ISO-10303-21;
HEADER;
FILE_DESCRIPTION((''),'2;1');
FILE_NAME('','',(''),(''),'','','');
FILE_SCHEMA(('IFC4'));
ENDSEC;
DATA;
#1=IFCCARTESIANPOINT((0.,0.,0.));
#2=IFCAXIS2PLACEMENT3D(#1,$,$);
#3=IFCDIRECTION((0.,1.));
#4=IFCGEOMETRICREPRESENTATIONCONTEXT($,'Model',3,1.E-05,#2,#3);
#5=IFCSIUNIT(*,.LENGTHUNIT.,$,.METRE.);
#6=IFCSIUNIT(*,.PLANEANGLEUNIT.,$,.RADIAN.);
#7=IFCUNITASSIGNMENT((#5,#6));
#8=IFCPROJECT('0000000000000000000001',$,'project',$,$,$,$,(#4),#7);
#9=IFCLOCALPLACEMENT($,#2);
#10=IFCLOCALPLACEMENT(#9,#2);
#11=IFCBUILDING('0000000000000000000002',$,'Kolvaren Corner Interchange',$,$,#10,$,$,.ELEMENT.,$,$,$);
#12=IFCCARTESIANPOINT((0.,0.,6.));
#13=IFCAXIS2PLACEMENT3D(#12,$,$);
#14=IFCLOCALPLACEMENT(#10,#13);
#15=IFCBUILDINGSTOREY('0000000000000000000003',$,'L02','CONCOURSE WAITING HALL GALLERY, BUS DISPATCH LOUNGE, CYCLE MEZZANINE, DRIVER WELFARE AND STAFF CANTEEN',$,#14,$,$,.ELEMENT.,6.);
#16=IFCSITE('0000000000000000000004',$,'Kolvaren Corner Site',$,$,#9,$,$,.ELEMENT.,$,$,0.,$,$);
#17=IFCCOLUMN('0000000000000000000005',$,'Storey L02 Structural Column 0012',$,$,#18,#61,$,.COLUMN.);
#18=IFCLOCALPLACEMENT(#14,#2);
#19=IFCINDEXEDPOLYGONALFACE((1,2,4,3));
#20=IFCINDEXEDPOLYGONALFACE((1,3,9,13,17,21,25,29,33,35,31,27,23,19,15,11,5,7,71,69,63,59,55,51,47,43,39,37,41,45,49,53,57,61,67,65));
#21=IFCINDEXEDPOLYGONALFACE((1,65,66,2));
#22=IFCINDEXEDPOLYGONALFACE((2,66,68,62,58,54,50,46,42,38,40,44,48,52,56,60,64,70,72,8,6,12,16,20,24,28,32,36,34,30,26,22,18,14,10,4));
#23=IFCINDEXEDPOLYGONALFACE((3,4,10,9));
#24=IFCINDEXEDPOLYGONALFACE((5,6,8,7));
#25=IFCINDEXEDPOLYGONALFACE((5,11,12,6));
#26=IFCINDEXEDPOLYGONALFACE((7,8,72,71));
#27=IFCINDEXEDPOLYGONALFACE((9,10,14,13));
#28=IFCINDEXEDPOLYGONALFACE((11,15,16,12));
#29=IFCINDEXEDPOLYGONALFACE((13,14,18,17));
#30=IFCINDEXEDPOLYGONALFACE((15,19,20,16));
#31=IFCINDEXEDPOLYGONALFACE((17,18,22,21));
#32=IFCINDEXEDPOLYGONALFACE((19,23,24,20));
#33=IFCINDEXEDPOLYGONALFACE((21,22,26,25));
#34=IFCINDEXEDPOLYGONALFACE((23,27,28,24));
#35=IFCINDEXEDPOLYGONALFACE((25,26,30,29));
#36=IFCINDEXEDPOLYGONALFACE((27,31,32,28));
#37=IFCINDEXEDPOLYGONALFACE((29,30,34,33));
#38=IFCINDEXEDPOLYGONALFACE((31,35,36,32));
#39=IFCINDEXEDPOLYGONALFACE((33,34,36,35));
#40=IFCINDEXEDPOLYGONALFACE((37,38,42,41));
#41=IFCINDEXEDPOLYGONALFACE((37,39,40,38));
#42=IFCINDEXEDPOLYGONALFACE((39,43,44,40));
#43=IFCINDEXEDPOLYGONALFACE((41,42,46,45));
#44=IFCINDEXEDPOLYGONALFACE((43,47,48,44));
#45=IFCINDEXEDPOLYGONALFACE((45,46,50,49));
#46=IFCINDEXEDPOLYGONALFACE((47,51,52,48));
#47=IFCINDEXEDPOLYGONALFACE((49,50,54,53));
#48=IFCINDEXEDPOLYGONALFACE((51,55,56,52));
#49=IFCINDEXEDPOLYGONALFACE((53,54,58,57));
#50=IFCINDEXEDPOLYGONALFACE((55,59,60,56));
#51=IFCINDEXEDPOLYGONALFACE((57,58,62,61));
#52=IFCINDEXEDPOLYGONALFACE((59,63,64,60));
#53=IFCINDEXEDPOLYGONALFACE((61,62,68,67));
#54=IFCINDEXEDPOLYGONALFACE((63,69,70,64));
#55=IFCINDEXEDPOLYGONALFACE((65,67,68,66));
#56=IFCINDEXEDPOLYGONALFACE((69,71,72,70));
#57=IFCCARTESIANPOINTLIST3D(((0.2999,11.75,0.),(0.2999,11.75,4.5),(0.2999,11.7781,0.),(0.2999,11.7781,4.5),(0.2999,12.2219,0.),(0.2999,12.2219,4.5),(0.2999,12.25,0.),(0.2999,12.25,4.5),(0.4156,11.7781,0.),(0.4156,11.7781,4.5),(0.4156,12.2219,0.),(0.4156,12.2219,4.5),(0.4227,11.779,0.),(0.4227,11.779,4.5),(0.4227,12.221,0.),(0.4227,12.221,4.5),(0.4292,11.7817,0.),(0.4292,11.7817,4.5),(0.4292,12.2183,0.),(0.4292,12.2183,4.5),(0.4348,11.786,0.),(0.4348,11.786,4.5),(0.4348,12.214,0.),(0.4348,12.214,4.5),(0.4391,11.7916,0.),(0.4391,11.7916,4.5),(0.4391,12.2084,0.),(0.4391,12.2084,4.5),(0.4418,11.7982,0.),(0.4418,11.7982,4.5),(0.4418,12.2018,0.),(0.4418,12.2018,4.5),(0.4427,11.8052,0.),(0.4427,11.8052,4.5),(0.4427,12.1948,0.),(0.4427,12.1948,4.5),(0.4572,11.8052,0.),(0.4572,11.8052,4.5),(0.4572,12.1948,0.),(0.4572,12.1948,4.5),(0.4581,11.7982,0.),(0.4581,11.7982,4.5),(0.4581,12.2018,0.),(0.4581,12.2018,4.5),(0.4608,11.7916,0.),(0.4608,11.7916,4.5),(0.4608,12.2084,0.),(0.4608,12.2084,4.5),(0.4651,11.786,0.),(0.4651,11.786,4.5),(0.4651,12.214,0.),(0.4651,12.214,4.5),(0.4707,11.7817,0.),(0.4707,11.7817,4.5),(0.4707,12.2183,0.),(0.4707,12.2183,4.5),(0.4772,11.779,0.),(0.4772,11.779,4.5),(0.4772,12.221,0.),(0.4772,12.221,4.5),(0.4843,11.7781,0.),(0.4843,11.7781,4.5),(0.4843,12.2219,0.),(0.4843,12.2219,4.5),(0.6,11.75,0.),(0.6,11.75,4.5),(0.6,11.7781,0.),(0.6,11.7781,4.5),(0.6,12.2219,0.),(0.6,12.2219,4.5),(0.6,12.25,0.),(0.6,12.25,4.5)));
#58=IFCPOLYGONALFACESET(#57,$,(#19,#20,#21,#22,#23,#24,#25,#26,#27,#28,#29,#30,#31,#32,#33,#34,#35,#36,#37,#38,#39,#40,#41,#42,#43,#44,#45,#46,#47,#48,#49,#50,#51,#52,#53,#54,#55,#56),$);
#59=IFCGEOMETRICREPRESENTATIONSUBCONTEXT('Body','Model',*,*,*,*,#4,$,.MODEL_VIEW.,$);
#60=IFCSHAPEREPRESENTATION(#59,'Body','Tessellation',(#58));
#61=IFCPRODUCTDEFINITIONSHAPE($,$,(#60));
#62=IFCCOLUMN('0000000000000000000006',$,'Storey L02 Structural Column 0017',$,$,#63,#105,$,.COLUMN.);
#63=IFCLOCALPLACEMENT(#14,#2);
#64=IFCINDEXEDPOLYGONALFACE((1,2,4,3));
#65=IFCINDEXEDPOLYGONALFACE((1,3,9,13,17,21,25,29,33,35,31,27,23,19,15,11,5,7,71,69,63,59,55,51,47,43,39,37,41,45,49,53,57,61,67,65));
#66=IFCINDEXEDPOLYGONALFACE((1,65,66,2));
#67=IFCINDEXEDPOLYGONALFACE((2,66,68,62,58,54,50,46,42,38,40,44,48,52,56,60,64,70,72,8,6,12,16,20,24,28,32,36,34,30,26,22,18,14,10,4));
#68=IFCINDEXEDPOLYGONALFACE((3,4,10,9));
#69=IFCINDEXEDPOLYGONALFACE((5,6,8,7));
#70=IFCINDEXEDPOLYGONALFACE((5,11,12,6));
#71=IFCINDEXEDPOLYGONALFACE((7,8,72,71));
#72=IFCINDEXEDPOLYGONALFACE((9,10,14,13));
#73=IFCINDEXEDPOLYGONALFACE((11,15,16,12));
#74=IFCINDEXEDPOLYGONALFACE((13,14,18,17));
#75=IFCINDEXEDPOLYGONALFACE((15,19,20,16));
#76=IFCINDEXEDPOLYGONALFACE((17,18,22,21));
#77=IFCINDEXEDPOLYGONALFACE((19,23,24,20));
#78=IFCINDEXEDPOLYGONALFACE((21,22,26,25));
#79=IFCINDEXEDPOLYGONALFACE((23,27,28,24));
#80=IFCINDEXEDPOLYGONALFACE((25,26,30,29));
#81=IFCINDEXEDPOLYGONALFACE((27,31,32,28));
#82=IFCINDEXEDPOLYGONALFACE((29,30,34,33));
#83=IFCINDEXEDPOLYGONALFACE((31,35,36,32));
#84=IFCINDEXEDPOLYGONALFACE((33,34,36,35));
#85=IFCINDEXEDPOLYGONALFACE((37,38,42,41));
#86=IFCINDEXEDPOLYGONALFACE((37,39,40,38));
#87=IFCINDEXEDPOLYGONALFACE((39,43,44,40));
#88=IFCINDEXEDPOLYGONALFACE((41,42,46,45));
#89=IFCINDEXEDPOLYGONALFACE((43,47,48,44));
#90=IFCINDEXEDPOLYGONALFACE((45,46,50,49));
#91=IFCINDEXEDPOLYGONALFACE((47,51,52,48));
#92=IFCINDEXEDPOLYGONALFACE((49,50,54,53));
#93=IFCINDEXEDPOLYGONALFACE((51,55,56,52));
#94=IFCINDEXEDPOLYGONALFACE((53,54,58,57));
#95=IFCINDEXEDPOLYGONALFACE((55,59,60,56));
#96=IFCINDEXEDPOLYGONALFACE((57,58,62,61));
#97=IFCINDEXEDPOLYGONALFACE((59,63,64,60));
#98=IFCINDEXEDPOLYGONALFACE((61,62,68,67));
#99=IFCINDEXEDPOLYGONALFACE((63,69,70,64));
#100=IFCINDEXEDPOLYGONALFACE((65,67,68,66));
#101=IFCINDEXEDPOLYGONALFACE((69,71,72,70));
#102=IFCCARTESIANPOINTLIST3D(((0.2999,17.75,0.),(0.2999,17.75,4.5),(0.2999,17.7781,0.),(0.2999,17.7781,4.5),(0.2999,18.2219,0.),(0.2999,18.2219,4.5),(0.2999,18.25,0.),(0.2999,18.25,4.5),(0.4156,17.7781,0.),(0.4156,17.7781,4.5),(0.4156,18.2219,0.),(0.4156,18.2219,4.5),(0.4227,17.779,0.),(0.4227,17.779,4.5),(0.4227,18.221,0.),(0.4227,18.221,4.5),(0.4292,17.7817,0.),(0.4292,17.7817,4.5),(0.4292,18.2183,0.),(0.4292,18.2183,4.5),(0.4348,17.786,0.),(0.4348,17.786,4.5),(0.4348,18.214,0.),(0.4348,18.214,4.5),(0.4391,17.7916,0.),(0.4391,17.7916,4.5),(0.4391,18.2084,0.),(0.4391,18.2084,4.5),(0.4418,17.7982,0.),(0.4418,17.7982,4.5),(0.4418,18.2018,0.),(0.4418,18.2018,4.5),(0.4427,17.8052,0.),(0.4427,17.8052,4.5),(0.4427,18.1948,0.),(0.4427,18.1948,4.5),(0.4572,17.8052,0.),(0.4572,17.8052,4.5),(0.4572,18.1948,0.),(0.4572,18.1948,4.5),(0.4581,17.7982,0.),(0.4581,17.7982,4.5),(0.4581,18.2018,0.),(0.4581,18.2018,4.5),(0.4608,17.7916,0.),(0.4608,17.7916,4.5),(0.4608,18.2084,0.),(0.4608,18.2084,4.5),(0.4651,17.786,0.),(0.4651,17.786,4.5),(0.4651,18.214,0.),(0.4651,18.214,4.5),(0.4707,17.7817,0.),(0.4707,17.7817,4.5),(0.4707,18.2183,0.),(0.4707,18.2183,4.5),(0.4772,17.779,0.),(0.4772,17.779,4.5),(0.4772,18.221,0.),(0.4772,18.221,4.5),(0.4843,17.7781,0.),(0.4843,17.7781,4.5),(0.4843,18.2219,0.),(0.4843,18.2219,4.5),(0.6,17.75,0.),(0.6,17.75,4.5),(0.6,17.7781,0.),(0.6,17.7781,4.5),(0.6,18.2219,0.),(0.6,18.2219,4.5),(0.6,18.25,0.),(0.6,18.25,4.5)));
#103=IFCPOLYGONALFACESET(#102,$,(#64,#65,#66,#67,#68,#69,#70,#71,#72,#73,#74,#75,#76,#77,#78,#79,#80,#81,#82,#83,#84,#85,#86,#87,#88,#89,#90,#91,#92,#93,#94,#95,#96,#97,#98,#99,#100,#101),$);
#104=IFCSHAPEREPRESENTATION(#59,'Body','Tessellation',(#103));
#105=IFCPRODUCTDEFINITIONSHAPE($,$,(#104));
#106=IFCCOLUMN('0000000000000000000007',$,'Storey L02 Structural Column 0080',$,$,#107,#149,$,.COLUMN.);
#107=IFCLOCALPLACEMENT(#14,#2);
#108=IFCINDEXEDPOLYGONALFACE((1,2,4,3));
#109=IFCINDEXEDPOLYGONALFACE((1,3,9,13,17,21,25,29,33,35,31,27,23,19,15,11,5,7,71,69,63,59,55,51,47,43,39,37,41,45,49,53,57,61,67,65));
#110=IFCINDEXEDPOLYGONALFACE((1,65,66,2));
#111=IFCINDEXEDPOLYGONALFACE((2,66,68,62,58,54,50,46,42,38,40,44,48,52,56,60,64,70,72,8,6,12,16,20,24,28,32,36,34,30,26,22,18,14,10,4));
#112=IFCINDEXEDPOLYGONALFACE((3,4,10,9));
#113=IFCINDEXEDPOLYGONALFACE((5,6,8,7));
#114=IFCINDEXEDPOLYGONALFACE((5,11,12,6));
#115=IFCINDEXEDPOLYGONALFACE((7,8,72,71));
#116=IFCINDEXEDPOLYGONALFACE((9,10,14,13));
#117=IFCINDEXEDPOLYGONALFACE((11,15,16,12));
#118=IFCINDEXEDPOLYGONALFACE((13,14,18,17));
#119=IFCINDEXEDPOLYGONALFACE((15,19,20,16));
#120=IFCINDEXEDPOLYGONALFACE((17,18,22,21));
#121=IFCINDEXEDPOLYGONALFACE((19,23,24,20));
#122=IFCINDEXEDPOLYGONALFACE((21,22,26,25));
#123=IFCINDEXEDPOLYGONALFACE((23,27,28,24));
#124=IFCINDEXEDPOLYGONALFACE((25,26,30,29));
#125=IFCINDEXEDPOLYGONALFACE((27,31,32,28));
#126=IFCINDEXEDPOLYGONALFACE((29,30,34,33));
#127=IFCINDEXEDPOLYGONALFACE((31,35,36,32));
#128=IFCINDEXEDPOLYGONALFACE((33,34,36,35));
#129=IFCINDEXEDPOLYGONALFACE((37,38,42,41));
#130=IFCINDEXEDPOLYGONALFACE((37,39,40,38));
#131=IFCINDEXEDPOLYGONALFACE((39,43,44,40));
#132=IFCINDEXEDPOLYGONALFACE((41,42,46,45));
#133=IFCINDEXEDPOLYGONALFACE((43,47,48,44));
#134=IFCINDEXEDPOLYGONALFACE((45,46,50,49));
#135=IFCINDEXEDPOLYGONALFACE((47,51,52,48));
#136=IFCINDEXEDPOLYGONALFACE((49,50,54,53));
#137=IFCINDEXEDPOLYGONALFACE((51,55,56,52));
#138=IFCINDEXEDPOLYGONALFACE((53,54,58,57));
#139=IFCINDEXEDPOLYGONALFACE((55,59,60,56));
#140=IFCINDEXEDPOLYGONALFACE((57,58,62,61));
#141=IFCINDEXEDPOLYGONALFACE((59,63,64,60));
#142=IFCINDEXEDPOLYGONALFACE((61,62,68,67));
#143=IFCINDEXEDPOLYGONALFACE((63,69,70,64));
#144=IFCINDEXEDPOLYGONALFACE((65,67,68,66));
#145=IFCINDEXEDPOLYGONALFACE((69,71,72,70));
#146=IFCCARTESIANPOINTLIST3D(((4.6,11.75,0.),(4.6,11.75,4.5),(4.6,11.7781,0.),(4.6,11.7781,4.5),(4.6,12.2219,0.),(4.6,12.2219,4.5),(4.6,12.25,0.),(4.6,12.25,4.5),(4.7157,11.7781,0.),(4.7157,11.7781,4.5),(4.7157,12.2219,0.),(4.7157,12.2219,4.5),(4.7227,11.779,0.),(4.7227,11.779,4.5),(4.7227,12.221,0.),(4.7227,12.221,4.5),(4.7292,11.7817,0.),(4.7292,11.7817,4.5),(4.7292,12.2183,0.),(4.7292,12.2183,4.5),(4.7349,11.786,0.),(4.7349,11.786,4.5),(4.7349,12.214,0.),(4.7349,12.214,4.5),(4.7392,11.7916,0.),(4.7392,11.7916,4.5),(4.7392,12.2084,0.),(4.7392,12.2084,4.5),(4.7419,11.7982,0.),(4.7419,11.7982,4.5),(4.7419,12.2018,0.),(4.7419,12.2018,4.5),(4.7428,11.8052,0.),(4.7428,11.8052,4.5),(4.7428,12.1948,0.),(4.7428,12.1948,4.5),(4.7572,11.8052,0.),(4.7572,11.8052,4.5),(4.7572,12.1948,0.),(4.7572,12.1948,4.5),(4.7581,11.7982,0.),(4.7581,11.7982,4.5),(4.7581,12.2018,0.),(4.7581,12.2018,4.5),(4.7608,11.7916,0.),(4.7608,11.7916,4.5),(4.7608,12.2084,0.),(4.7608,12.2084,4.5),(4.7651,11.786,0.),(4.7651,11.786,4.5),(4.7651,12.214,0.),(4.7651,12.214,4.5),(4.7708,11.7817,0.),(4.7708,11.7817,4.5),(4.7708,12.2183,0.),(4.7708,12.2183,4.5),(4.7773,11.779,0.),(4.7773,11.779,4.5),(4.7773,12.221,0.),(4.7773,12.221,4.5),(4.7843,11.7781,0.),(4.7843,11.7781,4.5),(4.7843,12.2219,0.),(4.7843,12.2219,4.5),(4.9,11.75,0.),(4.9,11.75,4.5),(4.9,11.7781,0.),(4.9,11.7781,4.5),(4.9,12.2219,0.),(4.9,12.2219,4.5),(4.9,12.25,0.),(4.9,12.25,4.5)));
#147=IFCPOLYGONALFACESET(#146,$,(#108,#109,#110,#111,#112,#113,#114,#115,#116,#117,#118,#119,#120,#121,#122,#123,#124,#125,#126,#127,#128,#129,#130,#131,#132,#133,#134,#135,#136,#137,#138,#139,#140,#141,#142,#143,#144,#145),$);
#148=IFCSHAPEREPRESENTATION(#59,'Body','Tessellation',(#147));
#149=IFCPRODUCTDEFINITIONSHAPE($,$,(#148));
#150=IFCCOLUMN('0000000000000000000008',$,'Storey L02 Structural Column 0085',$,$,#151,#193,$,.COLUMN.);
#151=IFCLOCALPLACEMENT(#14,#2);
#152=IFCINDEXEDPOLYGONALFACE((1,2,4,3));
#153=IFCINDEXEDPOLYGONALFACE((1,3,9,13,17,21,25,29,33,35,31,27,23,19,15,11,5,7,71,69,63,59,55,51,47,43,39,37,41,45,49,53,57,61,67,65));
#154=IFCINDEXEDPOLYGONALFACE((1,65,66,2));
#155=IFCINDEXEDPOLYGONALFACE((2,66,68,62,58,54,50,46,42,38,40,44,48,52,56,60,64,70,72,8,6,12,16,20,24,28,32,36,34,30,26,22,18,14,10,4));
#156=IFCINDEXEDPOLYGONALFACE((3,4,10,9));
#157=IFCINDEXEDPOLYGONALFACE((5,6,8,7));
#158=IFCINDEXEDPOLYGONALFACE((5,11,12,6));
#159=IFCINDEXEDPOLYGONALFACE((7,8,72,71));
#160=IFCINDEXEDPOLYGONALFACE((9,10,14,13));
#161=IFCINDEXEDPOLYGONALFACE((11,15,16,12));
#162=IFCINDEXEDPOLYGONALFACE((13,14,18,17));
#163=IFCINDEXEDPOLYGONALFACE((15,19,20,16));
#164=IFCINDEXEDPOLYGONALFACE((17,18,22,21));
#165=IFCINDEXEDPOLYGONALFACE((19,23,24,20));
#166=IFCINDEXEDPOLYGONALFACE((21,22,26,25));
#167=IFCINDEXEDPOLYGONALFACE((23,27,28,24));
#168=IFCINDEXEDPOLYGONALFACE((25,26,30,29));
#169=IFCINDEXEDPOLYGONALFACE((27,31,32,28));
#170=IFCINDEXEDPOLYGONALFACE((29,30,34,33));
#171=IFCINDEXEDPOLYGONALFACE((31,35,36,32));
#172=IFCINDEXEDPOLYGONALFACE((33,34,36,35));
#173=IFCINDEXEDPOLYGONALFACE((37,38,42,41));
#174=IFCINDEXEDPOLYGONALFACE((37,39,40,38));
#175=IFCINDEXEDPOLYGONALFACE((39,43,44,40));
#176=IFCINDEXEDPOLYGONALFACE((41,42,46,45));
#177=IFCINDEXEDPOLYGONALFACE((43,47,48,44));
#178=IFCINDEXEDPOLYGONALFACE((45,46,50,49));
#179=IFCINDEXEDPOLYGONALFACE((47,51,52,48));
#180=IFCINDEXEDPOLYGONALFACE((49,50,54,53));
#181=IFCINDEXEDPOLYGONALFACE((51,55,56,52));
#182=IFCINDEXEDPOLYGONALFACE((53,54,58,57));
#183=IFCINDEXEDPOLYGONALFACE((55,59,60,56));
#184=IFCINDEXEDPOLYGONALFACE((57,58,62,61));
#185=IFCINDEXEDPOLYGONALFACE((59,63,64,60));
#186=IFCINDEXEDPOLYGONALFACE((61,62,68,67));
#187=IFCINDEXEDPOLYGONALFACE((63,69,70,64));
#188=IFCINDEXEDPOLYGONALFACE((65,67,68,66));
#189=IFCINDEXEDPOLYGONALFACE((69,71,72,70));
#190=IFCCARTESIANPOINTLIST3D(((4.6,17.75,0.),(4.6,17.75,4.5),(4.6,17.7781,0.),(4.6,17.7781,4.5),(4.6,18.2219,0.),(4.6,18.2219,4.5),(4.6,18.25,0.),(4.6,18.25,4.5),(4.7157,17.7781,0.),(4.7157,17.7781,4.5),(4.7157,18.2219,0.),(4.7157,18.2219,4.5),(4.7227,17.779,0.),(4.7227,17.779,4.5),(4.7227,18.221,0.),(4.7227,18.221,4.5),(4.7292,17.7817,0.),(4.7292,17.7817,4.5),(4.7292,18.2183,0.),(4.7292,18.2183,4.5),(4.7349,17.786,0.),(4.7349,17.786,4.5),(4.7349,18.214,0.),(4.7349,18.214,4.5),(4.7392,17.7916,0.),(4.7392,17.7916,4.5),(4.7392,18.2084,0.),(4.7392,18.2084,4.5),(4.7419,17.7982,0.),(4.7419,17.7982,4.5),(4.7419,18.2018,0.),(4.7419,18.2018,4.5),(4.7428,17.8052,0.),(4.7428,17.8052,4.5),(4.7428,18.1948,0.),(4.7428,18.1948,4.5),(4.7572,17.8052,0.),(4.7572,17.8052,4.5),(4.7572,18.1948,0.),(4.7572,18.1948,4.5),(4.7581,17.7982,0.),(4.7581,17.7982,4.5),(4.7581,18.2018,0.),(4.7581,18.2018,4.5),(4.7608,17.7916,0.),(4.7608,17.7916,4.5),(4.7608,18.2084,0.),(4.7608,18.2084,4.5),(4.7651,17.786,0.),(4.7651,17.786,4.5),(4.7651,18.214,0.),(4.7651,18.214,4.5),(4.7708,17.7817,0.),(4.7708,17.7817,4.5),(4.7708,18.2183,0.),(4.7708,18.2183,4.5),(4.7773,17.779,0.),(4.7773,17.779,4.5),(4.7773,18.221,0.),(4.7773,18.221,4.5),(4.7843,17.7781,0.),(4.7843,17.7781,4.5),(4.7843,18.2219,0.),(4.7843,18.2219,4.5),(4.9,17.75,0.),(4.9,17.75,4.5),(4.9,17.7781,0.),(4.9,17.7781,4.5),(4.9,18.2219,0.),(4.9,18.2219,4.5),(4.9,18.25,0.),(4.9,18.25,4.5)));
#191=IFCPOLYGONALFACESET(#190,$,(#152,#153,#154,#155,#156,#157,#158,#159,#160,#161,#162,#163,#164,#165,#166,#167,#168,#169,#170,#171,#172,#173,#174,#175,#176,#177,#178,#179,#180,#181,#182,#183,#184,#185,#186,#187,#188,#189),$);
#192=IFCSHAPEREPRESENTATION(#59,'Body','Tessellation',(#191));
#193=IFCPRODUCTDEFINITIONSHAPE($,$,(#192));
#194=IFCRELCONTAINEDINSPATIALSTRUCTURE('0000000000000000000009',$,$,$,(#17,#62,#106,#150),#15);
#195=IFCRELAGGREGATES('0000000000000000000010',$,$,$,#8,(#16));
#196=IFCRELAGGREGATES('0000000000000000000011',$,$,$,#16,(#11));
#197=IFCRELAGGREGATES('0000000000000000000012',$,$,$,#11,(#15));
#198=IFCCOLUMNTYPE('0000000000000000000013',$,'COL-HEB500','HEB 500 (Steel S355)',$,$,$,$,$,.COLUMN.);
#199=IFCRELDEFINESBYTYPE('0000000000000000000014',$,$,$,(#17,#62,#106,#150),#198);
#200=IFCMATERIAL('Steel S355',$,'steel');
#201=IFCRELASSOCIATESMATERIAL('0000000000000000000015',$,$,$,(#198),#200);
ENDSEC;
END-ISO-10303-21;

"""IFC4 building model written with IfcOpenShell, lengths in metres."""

from ifc_helpers import new_model, si_unit, direction, frame, origin, origin_2d, place, context, subcontext, project, spatial, i_section, extrude, material, material_profile, profile_set, type_object, element, save


model = new_model("IFC4")

# Units and contexts
model_context = context("Model", 3, precision=1e-05, world=origin(), true_north=direction((0.0, 1.0)))
body_context = subcontext(model_context, "Body", "Model", "MODEL_VIEW")
ifc_project = project(units=[si_unit("LENGTHUNIT", "METRE"), si_unit("PLANEANGLEUNIT", "RADIAN")], contexts=[model_context])

# Site, building, storey
site_placement = place(None, origin())
site = spatial("IfcSite", under=ifc_project, at=site_placement, Name="Kolvaren Corner Site", CompositionType="ELEMENT", RefElevation=0.0)
building_placement = place(site_placement, origin())
building = spatial("IfcBuilding", under=site, at=building_placement, Name="Kolvaren Corner Interchange", CompositionType="ELEMENT")
storey_placement = place(building_placement, frame((0.0, 0.0, 6.0)))
storey = spatial("IfcBuildingStorey", under=building, at=storey_placement, Name="L02", Description="CONCOURSE WAITING HALL GALLERY, BUS DISPATCH LOUNGE, CYCLE MEZZANINE, DRIVER WELFARE AND STAFF CANTEEN", CompositionType="ELEMENT", Elevation=6.0)

# Columns
ifc_material_1 = material(Name="Steel S355", Category="steel")
ifc_material_profile_1 = material_profile(ifc_material_1, i_section(OverallWidth=0.3, OverallDepth=0.5, WebThickness=0.0144, FlangeThickness=0.0281, FilletRadius=0.0271, at=origin_2d()), Name="HEB 500")
ifc_profile_set_1 = profile_set([ifc_material_profile_1], Name="Steel S355")
column_type = type_object("IfcColumnType", Name="COL-HEB500", Description="HEB 500 (Steel S355)", PredefinedType="COLUMN", material=ifc_profile_set_1)
for number, where, z_axis, x_axis, name in (
    (1, (0.45, 12.0, 0.0), (0.0, 0.0, 1.0), (1.0, 0.0, 0.0), "Storey L02 Structural Column 0012"),
    (2, (0.45, 18.0, 0.0), (0.0, 0.0, 1.0), (1.0, 0.0, 0.0), "Storey L02 Structural Column 0017"),
    (3, (4.75, 12.0, 0.0), (0.0, 0.0, 1.0), (1.0, 0.0, 0.0), "Storey L02 Structural Column 0080"),
    (4, (4.75, 18.0, 0.0), (0.0, 0.0, 1.0), (1.0, 0.0, 0.0), "Storey L02 Structural Column 0085"),
):
    element("IfcColumn", number, at=place(storey_placement, frame(where, z_axis=z_axis, x_axis=x_axis)), inside=storey, type_object=column_type, Name=name, PredefinedType="COLUMN", context=body_context, shape_type="SweptSolid", body=[
        extrude(i_section(OverallWidth=0.3, OverallDepth=0.5, WebThickness=0.0144, FlangeThickness=0.0281, FilletRadius=0.0271, at=origin_2d()), origin(), (0.0, 0.0, 1.0), 4.5),
    ])

save(model, "model.ifc")
